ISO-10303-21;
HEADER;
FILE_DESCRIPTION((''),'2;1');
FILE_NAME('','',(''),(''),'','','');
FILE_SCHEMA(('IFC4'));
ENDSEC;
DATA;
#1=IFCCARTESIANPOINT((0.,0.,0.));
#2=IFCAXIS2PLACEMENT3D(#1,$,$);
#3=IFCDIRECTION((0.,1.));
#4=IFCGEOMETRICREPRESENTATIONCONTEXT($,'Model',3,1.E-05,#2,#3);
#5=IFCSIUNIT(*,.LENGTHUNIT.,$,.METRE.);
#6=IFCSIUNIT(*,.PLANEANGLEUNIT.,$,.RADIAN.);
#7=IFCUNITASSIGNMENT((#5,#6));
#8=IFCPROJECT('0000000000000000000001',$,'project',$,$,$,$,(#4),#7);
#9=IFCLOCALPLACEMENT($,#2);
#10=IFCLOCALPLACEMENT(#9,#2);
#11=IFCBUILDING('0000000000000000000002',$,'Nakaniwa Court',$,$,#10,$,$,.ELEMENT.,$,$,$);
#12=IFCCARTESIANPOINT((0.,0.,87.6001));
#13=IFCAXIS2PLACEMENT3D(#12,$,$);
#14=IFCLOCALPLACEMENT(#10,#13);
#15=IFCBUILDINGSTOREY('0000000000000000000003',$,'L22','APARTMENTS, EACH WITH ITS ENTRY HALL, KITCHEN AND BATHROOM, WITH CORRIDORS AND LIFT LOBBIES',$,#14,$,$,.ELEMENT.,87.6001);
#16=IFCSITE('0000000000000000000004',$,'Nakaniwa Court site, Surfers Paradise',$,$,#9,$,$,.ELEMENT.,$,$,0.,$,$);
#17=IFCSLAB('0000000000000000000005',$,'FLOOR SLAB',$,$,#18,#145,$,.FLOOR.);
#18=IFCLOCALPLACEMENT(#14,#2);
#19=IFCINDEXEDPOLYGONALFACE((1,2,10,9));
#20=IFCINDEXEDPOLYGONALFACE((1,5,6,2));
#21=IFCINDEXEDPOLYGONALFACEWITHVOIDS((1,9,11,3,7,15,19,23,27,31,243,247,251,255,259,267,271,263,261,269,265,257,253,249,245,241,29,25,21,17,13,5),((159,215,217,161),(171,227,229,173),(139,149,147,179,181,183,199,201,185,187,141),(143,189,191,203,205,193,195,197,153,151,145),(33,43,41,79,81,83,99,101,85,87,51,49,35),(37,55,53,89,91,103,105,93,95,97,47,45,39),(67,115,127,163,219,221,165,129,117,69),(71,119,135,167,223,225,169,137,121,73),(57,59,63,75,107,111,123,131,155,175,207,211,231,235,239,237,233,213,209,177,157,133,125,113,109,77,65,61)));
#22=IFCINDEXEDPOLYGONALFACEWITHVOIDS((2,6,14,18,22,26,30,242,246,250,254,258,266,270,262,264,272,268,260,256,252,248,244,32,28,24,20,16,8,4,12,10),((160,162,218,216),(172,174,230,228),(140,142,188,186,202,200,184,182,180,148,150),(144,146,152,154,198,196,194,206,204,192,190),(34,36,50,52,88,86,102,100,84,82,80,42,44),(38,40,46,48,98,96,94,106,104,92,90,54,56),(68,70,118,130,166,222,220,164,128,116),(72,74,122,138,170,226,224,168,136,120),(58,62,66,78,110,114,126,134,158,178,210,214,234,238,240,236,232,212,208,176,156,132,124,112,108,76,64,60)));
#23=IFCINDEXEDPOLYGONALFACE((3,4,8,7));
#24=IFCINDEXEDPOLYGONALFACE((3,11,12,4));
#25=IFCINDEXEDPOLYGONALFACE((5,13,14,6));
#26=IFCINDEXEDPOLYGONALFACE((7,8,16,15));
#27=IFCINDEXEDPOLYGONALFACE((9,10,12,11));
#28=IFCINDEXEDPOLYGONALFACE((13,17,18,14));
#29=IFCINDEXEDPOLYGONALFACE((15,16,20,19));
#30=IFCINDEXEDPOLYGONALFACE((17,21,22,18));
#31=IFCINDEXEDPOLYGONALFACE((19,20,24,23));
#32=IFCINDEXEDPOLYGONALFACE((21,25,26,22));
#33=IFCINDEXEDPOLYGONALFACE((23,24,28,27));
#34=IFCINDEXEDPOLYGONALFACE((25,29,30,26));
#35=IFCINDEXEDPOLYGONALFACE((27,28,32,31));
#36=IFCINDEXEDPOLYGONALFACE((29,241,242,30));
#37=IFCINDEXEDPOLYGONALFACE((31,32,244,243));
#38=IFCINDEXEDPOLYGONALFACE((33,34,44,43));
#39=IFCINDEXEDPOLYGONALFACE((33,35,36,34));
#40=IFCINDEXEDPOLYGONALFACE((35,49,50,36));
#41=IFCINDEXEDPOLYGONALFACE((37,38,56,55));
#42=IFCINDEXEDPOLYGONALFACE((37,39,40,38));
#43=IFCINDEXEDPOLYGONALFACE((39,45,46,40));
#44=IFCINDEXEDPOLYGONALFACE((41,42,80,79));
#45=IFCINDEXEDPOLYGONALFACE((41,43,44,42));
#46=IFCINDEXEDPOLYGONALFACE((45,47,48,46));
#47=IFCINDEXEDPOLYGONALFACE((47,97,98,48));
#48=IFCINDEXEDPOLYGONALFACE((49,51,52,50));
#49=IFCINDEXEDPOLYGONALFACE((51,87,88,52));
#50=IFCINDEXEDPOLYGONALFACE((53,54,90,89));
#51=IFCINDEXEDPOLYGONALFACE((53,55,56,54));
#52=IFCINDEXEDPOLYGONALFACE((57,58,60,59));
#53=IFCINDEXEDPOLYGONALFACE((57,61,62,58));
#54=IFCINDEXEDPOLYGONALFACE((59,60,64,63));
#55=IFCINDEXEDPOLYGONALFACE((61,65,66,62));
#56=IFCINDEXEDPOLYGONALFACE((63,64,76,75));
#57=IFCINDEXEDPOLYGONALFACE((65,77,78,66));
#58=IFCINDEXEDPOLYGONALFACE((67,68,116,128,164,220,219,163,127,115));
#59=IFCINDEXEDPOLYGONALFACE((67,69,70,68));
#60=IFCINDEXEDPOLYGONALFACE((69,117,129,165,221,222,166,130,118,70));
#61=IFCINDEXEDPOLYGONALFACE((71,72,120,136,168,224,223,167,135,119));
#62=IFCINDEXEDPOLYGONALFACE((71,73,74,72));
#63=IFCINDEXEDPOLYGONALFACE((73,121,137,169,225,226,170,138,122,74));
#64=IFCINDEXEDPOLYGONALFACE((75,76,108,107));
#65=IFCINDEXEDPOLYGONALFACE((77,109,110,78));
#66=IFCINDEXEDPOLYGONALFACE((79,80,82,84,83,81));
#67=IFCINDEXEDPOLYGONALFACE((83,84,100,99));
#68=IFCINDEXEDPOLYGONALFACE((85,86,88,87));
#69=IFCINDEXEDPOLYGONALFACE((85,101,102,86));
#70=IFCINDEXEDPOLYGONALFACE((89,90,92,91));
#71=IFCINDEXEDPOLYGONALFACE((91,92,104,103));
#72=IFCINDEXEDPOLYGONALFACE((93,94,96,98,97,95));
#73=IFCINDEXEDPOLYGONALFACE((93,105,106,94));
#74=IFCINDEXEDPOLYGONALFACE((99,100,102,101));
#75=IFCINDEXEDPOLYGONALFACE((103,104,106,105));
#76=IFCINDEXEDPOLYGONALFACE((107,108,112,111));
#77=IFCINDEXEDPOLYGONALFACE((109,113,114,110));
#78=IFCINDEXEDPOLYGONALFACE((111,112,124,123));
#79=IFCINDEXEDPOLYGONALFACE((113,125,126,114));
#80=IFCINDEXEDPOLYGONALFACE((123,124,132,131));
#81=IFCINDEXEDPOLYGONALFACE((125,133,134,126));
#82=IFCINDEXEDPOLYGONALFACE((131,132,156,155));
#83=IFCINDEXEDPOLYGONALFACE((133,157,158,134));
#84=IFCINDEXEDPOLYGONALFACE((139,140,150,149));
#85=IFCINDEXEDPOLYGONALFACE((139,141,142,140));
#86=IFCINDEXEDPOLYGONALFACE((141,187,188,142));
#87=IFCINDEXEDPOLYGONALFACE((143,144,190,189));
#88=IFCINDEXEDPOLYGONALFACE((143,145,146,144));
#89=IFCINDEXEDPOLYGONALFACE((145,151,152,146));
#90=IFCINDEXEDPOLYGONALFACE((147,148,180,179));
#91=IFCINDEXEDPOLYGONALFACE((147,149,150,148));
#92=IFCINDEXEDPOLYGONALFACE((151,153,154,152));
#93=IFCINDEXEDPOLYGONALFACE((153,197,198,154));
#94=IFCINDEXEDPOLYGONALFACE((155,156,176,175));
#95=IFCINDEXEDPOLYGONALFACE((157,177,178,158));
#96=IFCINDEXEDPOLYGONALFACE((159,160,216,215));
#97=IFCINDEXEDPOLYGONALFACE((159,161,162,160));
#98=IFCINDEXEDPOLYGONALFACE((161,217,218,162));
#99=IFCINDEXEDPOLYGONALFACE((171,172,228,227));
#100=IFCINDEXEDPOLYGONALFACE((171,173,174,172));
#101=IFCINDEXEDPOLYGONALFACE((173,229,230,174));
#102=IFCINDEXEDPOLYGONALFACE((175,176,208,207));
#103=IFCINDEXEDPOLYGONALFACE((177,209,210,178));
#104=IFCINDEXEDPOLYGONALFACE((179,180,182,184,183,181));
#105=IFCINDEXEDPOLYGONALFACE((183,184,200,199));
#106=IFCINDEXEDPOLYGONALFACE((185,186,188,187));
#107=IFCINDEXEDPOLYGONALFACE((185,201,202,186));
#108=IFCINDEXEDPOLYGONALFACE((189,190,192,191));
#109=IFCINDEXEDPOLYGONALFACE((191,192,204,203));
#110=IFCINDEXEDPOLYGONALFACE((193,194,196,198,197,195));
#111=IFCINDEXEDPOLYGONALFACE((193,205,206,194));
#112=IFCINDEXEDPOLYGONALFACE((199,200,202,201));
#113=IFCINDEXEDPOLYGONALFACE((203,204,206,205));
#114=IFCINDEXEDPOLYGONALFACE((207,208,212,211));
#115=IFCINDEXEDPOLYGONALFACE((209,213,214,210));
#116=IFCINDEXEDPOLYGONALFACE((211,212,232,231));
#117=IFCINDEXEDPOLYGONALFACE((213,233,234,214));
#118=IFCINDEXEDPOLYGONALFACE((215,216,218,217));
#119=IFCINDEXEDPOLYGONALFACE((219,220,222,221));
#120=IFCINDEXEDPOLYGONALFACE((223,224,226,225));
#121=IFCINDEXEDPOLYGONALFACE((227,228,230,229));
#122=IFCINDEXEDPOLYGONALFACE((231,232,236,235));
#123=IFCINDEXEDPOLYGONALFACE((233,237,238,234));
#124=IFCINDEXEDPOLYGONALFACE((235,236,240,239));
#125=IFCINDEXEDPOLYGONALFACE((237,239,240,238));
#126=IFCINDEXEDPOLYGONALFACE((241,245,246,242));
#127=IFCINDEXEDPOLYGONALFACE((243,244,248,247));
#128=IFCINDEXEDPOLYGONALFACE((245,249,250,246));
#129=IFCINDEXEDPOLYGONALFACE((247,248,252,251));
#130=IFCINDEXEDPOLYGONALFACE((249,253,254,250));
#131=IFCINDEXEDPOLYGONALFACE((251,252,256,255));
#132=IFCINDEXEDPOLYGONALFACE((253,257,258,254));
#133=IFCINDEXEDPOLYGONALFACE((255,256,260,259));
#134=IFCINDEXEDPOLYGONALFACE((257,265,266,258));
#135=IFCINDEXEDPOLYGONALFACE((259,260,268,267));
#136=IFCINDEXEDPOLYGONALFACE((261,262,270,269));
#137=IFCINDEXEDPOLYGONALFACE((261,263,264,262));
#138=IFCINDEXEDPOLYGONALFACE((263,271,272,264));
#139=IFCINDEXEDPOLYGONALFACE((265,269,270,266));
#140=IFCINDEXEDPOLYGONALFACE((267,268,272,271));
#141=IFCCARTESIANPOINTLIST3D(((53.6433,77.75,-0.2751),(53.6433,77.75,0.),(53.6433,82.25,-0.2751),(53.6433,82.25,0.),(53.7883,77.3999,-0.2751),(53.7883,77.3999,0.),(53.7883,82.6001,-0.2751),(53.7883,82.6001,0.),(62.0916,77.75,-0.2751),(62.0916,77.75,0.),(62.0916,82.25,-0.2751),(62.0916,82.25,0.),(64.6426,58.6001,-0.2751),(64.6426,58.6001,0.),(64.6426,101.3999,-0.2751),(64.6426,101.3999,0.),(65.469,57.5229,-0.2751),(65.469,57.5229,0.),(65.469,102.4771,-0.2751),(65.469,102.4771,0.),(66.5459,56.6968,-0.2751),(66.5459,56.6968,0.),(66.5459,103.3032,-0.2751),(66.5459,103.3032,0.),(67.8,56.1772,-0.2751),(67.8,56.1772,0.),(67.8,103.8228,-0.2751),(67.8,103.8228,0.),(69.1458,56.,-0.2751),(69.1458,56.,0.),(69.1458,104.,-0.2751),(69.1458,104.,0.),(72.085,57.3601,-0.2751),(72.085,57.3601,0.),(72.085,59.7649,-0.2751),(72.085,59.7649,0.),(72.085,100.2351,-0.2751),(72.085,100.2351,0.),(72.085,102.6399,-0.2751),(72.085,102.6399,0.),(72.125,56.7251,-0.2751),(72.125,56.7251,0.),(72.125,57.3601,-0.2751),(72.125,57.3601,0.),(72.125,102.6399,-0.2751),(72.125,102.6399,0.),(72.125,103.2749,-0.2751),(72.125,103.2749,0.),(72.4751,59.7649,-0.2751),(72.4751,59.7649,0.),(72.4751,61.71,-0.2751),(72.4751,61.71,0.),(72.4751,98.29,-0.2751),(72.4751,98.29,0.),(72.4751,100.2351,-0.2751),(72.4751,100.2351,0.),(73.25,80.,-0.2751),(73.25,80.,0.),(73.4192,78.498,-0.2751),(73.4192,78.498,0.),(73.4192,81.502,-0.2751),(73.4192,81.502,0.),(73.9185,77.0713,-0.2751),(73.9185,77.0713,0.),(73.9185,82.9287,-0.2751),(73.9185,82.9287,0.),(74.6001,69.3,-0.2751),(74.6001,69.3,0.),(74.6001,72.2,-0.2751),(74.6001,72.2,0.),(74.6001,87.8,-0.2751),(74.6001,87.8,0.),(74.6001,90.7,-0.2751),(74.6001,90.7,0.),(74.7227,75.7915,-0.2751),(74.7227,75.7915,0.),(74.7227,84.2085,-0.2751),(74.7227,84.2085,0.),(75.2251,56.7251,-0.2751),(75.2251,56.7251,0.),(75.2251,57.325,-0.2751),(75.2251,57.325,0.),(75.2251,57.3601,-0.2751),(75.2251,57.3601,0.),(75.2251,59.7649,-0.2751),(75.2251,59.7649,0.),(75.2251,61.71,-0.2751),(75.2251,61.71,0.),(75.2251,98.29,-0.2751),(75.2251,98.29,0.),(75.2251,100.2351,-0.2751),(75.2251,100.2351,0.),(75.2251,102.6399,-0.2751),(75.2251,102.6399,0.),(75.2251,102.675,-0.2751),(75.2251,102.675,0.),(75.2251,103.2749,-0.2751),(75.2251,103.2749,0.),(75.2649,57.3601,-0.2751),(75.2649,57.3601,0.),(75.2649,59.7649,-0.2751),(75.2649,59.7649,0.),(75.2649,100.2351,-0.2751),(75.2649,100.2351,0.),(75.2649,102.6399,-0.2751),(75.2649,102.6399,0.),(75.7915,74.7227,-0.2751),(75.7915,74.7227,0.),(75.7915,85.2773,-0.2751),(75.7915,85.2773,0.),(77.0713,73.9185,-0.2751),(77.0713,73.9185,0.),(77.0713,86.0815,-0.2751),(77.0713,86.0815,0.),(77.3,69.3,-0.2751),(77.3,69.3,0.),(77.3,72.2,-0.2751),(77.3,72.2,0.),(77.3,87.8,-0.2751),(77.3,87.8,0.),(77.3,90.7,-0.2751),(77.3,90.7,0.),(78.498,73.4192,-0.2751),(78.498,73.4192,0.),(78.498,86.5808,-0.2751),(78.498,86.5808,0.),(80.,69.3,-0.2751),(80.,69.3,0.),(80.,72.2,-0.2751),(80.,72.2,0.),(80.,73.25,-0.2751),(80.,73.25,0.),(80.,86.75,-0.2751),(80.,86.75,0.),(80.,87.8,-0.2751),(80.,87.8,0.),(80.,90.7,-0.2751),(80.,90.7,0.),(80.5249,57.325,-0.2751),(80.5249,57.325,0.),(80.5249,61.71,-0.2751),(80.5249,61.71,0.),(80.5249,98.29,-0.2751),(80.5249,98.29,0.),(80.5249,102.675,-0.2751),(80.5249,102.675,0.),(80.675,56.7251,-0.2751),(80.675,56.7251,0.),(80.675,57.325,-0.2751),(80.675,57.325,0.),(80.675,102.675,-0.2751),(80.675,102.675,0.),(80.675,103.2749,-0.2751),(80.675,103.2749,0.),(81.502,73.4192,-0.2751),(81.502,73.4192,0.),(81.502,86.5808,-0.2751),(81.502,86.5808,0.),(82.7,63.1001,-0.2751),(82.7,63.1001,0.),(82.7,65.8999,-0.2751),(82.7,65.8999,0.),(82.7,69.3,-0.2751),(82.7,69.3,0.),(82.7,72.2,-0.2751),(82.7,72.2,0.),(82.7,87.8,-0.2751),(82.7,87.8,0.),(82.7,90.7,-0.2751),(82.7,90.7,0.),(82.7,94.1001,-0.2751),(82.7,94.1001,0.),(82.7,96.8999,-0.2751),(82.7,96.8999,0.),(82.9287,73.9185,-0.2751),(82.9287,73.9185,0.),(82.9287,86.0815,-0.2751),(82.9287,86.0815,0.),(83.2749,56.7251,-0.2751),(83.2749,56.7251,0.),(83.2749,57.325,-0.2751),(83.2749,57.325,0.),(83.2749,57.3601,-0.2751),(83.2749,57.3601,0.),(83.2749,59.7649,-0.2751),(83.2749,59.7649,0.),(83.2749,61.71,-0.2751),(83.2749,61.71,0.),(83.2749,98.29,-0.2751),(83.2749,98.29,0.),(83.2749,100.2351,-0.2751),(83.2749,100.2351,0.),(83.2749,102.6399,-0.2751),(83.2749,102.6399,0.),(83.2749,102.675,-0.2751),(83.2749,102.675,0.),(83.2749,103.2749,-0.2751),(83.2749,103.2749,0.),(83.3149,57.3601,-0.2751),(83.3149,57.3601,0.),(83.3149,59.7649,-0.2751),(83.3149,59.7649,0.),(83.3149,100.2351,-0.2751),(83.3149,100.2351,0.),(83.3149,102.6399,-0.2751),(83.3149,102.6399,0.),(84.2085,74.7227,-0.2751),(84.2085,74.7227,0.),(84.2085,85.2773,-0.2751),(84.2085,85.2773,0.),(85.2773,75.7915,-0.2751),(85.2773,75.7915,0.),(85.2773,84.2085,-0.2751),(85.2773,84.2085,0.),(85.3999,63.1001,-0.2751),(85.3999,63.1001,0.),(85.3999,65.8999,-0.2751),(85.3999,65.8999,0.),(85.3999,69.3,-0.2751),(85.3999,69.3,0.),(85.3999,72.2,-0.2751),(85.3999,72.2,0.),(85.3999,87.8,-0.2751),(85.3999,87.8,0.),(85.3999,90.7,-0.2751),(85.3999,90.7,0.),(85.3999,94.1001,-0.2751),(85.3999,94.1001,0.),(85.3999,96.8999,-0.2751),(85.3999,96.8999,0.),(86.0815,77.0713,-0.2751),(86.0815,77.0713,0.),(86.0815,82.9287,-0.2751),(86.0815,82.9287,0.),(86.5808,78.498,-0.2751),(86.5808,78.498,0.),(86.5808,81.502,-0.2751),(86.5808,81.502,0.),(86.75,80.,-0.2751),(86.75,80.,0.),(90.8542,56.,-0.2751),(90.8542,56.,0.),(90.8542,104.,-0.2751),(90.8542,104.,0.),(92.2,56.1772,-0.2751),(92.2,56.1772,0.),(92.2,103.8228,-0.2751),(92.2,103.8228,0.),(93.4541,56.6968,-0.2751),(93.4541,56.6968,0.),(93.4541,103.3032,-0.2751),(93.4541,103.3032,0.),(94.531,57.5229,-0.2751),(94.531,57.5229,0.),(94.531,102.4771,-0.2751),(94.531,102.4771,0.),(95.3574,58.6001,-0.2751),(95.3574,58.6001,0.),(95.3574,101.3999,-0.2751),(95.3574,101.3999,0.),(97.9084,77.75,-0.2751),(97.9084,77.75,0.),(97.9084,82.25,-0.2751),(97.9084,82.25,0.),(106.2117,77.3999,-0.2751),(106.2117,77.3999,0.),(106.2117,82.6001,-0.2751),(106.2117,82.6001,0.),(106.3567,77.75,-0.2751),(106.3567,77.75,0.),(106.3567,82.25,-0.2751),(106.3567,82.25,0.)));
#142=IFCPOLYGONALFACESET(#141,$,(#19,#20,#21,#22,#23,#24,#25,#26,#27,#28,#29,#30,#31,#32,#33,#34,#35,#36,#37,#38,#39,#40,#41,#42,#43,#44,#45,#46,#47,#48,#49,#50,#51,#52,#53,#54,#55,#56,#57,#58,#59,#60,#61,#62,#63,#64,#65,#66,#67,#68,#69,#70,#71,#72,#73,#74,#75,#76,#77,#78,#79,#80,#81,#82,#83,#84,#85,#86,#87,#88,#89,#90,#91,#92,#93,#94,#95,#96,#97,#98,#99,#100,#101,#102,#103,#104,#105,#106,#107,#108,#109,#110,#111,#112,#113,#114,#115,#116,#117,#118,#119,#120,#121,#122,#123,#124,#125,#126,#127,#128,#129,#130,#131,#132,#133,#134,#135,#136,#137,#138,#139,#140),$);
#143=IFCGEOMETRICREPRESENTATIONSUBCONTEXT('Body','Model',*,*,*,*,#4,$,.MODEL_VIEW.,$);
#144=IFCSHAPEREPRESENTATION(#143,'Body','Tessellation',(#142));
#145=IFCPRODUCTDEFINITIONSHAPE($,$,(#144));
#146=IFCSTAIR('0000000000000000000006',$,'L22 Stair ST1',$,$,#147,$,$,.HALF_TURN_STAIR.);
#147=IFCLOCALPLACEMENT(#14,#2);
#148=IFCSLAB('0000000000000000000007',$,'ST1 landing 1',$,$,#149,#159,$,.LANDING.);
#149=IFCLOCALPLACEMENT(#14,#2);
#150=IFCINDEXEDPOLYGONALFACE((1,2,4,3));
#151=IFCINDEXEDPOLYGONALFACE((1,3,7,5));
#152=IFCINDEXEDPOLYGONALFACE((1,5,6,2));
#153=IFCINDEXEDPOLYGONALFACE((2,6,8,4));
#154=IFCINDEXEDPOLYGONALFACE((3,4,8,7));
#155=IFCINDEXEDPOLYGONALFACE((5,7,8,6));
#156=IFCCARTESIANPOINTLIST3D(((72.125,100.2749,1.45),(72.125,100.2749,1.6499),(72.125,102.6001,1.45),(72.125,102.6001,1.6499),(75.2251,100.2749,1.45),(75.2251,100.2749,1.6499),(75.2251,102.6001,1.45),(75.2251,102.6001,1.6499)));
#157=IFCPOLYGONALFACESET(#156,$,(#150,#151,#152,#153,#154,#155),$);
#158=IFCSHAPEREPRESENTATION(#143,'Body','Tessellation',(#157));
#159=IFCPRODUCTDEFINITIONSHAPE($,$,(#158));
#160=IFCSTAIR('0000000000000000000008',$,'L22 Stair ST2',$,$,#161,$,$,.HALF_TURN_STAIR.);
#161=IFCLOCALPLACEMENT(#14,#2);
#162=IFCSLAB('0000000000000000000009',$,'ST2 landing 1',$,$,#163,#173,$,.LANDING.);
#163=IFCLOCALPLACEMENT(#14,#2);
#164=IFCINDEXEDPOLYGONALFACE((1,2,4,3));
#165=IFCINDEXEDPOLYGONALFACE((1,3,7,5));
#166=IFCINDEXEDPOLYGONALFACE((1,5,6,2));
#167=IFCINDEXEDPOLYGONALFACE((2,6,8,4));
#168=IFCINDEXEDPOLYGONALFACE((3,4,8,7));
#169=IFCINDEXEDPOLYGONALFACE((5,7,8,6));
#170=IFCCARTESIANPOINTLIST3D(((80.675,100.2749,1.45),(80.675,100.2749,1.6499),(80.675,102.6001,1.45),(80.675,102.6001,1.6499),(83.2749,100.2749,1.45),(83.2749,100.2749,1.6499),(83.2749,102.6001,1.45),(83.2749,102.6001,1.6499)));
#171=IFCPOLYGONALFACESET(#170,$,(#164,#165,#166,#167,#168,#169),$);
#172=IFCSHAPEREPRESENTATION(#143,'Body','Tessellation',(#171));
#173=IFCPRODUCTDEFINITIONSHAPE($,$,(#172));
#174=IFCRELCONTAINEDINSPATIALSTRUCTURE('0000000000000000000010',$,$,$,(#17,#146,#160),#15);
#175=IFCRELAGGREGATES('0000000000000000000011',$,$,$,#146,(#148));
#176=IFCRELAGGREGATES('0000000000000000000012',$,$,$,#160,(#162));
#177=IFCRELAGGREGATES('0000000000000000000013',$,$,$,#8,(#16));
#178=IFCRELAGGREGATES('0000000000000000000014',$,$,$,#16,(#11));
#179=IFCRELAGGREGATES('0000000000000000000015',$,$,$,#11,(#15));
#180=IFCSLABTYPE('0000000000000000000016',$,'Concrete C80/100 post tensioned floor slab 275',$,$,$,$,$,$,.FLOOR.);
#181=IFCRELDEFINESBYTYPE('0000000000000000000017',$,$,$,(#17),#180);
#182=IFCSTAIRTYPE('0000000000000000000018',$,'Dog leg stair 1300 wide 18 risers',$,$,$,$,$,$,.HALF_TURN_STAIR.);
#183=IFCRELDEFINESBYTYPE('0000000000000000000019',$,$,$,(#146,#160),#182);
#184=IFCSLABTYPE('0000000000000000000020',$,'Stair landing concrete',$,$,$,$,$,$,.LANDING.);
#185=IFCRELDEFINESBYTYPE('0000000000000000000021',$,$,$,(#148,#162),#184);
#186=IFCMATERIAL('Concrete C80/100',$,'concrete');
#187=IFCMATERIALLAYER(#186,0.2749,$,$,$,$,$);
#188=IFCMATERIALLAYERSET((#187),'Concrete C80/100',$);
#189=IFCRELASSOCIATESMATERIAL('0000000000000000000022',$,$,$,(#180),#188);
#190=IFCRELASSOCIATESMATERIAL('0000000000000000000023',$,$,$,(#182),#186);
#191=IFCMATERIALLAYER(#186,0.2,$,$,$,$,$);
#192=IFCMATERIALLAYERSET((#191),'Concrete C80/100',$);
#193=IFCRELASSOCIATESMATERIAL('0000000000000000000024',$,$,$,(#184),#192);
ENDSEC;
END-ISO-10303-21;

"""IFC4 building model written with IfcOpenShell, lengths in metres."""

from ifc_helpers import new_model, si_unit, direction, frame, origin, place, context, subcontext, project, spatial, polyline, outline, extrude, material, layer, layer_set, type_object, element, aggregate, save


model = new_model("IFC4")

# Units and contexts
model_context = context("Model", 3, precision=1e-05, world=origin(), true_north=direction((0.0, 1.0)))
body_context = subcontext(model_context, "Body", "Model", "MODEL_VIEW")
ifc_project = project(units=[si_unit("LENGTHUNIT", "METRE"), si_unit("PLANEANGLEUNIT", "RADIAN")], contexts=[model_context])

# Site, building, storey
site_placement = place(None, origin())
site = spatial("IfcSite", under=ifc_project, at=site_placement, Name="Nakaniwa Court site, Surfers Paradise", CompositionType="ELEMENT", RefElevation=0.0)
building_placement = place(site_placement, origin())
building = spatial("IfcBuilding", under=site, at=building_placement, Name="Nakaniwa Court", CompositionType="ELEMENT")
storey_placement = place(building_placement, frame((0.0, 0.0, 87.6001)))
storey = spatial("IfcBuildingStorey", under=building, at=storey_placement, Name="L22", Description="APARTMENTS, EACH WITH ITS ENTRY HALL, KITCHEN AND BATHROOM, WITH CORRIDORS AND LIFT LOBBIES", CompositionType="ELEMENT", Elevation=87.6001)

# Shared definitions
ifc_material_1 = material(Name="Concrete C80/100", Category="concrete")

# Slab
ifc_layer_1 = layer(ifc_material_1, 0.2749)
ifc_layer_set_1 = layer_set([ifc_layer_1], Name="Concrete C80/100")
slab_type_1 = type_object("IfcSlabType", Name="Concrete C80/100 post tensioned floor slab 275", PredefinedType="FLOOR", material=ifc_layer_set_1)
slab_1_placement = place(storey_placement, frame((0.0, 0.0, -0.2751)))
element("IfcSlab", 1, at=slab_1_placement, inside=storey, type_object=slab_type_1, Name="FLOOR SLAB", PredefinedType="FLOOR", context=body_context, shape_type="SweptSolid", body=[
    extrude(outline(polyline([(97.9084, 82.25), (106.3567, 82.25), (106.2117, 82.6001), (95.3574, 101.3999), (94.531, 102.4771), (93.4541, 103.3032), (92.2, 103.8228), (90.8542, 104.0), (69.1458, 104.0), (67.8, 103.8228), (66.5459, 103.3032), (65.469, 102.4771), (64.6426, 101.3999), (53.7883, 82.6001), (53.6433, 82.25), (62.0916, 82.25), (62.0916, 77.75), (53.6433, 77.75), (53.7883, 77.3999), (64.6426, 58.6001), (65.469, 57.5229), (66.5459, 56.6968), (67.8, 56.1772), (69.1458, 56.0), (90.8542, 56.0), (92.2, 56.1772), (93.4541, 56.6968), (94.531, 57.5229), (95.3574, 58.6001), (106.2117, 77.3999), (106.3567, 77.75), (97.9084, 77.75), (97.9084, 82.25)]), holes=[polyline([(81.502, 86.5808), (80.0, 86.75), (78.498, 86.5808), (77.0713, 86.0815), (75.7915, 85.2773), (74.7227, 84.2085), (73.9185, 82.9287), (73.4192, 81.502), (73.25, 80.0), (73.4192, 78.498), (73.9185, 77.0713), (74.7227, 75.7915), (75.7915, 74.7227), (77.0713, 73.9185), (78.498, 73.4192), (80.0, 73.25), (81.502, 73.4192), (82.9287, 73.9185), (84.2085, 74.7227), (85.2773, 75.7915), (86.0815, 77.0713), (86.5808, 78.498), (86.75, 80.0), (86.5808, 81.502), (86.0815, 82.9287), (85.2773, 84.2085), (84.2085, 85.2773), (82.9287, 86.0815), (81.502, 86.5808)]), polyline([(75.2649, 57.3601), (75.2649, 59.7649), (75.2251, 59.7649), (75.2251, 61.71), (72.4751, 61.71), (72.4751, 59.7649), (72.085, 59.7649), (72.085, 57.3601), (72.125, 57.3601), (72.125, 56.7251), (75.2251, 56.7251), (75.2251, 57.325), (75.2251, 57.3601), (75.2649, 57.3601)]), polyline([(80.0, 69.3), (82.7, 69.3), (85.3999, 69.3), (85.3999, 72.2), (82.7, 72.2), (80.0, 72.2), (77.3, 72.2), (74.6001, 72.2), (74.6001, 69.3), (77.3, 69.3), (80.0, 69.3)]), polyline([(80.0, 87.8), (82.7, 87.8), (85.3999, 87.8), (85.3999, 90.7), (82.7, 90.7), (80.0, 90.7), (77.3, 90.7), (74.6001, 90.7), (74.6001, 87.8), (77.3, 87.8), (80.0, 87.8)]), polyline([(75.2649, 100.2351), (75.2649, 102.6399), (75.2251, 102.6399), (75.2251, 102.675), (75.2251, 103.2749), (72.125, 103.2749), (72.125, 102.6399), (72.085, 102.6399), (72.085, 100.2351), (72.4751, 100.2351), (72.4751, 98.29), (75.2251, 98.29), (75.2251, 100.2351), (75.2649, 100.2351)]), polyline([(83.2749, 61.71), (80.5249, 61.71), (80.5249, 57.325), (80.675, 57.325), (80.675, 56.7251), (83.2749, 56.7251), (83.2749, 57.325), (83.2749, 57.3601), (83.3149, 57.3601), (83.3149, 59.7649), (83.2749, 59.7649), (83.2749, 61.71)]), polyline([(85.3999, 65.8999), (82.7, 65.8999), (82.7, 63.1001), (85.3999, 63.1001), (85.3999, 65.8999)]), polyline([(85.3999, 96.8999), (82.7, 96.8999), (82.7, 94.1001), (85.3999, 94.1001), (85.3999, 96.8999)]), polyline([(83.2749, 100.2351), (83.3149, 100.2351), (83.3149, 102.6399), (83.2749, 102.6399), (83.2749, 102.675), (83.2749, 103.2749), (80.675, 103.2749), (80.675, 102.675), (80.5249, 102.675), (80.5249, 98.29), (83.2749, 98.29), (83.2749, 100.2351)])]), origin(), (0.0, 0.0, 1.0), 0.2751),
])

# Stairs, slabs
stair_type = type_object("IfcStairType", Name="Dog leg stair 1300 wide 18 risers", PredefinedType="HALF_TURN_STAIR", material=ifc_material_1)
stair_1_placement = place(storey_placement, origin())
stair_1 = element("IfcStair", 2, at=stair_1_placement, inside=storey, type_object=stair_type, Name="L22 Stair ST1", PredefinedType="HALF_TURN_STAIR")
ifc_layer_2 = layer(ifc_material_1, 0.2)
ifc_layer_set_2 = layer_set([ifc_layer_2], Name="Concrete C80/100")
slab_type_2 = type_object("IfcSlabType", Name="Stair landing concrete", PredefinedType="LANDING", material=ifc_layer_set_2)
slab_2_placement = place(storey_placement, frame((0.0, 0.0, 1.45)))
slab_2 = element("IfcSlab", 3, at=slab_2_placement, type_object=slab_type_2, Name="ST1 landing 1", PredefinedType="LANDING", context=body_context, shape_type="SweptSolid", body=[
    extrude(outline(polyline([(75.2251, 100.2749), (75.2251, 102.6001), (72.125, 102.6001), (72.125, 100.2749), (75.2251, 100.2749)])), origin(), (0.0, 0.0, 1.0), 0.2),
])
aggregate(stair_1, [slab_2])
stair_2_placement = place(storey_placement, origin())
stair_2 = element("IfcStair", 4, at=stair_2_placement, inside=storey, type_object=stair_type, Name="L22 Stair ST2", PredefinedType="HALF_TURN_STAIR")
slab_3_placement = place(storey_placement, frame((0.0, 0.0, 1.45)))
slab_3 = element("IfcSlab", 5, at=slab_3_placement, type_object=slab_type_2, Name="ST2 landing 1", PredefinedType="LANDING", context=body_context, shape_type="SweptSolid", body=[
    extrude(outline(polyline([(83.2749, 100.2749), (83.2749, 102.6001), (80.675, 102.6001), (80.675, 100.2749), (83.2749, 100.2749)])), origin(), (0.0, 0.0, 1.0), 0.2),
])
aggregate(stair_2, [slab_3])

save(model, "model.ifc")
